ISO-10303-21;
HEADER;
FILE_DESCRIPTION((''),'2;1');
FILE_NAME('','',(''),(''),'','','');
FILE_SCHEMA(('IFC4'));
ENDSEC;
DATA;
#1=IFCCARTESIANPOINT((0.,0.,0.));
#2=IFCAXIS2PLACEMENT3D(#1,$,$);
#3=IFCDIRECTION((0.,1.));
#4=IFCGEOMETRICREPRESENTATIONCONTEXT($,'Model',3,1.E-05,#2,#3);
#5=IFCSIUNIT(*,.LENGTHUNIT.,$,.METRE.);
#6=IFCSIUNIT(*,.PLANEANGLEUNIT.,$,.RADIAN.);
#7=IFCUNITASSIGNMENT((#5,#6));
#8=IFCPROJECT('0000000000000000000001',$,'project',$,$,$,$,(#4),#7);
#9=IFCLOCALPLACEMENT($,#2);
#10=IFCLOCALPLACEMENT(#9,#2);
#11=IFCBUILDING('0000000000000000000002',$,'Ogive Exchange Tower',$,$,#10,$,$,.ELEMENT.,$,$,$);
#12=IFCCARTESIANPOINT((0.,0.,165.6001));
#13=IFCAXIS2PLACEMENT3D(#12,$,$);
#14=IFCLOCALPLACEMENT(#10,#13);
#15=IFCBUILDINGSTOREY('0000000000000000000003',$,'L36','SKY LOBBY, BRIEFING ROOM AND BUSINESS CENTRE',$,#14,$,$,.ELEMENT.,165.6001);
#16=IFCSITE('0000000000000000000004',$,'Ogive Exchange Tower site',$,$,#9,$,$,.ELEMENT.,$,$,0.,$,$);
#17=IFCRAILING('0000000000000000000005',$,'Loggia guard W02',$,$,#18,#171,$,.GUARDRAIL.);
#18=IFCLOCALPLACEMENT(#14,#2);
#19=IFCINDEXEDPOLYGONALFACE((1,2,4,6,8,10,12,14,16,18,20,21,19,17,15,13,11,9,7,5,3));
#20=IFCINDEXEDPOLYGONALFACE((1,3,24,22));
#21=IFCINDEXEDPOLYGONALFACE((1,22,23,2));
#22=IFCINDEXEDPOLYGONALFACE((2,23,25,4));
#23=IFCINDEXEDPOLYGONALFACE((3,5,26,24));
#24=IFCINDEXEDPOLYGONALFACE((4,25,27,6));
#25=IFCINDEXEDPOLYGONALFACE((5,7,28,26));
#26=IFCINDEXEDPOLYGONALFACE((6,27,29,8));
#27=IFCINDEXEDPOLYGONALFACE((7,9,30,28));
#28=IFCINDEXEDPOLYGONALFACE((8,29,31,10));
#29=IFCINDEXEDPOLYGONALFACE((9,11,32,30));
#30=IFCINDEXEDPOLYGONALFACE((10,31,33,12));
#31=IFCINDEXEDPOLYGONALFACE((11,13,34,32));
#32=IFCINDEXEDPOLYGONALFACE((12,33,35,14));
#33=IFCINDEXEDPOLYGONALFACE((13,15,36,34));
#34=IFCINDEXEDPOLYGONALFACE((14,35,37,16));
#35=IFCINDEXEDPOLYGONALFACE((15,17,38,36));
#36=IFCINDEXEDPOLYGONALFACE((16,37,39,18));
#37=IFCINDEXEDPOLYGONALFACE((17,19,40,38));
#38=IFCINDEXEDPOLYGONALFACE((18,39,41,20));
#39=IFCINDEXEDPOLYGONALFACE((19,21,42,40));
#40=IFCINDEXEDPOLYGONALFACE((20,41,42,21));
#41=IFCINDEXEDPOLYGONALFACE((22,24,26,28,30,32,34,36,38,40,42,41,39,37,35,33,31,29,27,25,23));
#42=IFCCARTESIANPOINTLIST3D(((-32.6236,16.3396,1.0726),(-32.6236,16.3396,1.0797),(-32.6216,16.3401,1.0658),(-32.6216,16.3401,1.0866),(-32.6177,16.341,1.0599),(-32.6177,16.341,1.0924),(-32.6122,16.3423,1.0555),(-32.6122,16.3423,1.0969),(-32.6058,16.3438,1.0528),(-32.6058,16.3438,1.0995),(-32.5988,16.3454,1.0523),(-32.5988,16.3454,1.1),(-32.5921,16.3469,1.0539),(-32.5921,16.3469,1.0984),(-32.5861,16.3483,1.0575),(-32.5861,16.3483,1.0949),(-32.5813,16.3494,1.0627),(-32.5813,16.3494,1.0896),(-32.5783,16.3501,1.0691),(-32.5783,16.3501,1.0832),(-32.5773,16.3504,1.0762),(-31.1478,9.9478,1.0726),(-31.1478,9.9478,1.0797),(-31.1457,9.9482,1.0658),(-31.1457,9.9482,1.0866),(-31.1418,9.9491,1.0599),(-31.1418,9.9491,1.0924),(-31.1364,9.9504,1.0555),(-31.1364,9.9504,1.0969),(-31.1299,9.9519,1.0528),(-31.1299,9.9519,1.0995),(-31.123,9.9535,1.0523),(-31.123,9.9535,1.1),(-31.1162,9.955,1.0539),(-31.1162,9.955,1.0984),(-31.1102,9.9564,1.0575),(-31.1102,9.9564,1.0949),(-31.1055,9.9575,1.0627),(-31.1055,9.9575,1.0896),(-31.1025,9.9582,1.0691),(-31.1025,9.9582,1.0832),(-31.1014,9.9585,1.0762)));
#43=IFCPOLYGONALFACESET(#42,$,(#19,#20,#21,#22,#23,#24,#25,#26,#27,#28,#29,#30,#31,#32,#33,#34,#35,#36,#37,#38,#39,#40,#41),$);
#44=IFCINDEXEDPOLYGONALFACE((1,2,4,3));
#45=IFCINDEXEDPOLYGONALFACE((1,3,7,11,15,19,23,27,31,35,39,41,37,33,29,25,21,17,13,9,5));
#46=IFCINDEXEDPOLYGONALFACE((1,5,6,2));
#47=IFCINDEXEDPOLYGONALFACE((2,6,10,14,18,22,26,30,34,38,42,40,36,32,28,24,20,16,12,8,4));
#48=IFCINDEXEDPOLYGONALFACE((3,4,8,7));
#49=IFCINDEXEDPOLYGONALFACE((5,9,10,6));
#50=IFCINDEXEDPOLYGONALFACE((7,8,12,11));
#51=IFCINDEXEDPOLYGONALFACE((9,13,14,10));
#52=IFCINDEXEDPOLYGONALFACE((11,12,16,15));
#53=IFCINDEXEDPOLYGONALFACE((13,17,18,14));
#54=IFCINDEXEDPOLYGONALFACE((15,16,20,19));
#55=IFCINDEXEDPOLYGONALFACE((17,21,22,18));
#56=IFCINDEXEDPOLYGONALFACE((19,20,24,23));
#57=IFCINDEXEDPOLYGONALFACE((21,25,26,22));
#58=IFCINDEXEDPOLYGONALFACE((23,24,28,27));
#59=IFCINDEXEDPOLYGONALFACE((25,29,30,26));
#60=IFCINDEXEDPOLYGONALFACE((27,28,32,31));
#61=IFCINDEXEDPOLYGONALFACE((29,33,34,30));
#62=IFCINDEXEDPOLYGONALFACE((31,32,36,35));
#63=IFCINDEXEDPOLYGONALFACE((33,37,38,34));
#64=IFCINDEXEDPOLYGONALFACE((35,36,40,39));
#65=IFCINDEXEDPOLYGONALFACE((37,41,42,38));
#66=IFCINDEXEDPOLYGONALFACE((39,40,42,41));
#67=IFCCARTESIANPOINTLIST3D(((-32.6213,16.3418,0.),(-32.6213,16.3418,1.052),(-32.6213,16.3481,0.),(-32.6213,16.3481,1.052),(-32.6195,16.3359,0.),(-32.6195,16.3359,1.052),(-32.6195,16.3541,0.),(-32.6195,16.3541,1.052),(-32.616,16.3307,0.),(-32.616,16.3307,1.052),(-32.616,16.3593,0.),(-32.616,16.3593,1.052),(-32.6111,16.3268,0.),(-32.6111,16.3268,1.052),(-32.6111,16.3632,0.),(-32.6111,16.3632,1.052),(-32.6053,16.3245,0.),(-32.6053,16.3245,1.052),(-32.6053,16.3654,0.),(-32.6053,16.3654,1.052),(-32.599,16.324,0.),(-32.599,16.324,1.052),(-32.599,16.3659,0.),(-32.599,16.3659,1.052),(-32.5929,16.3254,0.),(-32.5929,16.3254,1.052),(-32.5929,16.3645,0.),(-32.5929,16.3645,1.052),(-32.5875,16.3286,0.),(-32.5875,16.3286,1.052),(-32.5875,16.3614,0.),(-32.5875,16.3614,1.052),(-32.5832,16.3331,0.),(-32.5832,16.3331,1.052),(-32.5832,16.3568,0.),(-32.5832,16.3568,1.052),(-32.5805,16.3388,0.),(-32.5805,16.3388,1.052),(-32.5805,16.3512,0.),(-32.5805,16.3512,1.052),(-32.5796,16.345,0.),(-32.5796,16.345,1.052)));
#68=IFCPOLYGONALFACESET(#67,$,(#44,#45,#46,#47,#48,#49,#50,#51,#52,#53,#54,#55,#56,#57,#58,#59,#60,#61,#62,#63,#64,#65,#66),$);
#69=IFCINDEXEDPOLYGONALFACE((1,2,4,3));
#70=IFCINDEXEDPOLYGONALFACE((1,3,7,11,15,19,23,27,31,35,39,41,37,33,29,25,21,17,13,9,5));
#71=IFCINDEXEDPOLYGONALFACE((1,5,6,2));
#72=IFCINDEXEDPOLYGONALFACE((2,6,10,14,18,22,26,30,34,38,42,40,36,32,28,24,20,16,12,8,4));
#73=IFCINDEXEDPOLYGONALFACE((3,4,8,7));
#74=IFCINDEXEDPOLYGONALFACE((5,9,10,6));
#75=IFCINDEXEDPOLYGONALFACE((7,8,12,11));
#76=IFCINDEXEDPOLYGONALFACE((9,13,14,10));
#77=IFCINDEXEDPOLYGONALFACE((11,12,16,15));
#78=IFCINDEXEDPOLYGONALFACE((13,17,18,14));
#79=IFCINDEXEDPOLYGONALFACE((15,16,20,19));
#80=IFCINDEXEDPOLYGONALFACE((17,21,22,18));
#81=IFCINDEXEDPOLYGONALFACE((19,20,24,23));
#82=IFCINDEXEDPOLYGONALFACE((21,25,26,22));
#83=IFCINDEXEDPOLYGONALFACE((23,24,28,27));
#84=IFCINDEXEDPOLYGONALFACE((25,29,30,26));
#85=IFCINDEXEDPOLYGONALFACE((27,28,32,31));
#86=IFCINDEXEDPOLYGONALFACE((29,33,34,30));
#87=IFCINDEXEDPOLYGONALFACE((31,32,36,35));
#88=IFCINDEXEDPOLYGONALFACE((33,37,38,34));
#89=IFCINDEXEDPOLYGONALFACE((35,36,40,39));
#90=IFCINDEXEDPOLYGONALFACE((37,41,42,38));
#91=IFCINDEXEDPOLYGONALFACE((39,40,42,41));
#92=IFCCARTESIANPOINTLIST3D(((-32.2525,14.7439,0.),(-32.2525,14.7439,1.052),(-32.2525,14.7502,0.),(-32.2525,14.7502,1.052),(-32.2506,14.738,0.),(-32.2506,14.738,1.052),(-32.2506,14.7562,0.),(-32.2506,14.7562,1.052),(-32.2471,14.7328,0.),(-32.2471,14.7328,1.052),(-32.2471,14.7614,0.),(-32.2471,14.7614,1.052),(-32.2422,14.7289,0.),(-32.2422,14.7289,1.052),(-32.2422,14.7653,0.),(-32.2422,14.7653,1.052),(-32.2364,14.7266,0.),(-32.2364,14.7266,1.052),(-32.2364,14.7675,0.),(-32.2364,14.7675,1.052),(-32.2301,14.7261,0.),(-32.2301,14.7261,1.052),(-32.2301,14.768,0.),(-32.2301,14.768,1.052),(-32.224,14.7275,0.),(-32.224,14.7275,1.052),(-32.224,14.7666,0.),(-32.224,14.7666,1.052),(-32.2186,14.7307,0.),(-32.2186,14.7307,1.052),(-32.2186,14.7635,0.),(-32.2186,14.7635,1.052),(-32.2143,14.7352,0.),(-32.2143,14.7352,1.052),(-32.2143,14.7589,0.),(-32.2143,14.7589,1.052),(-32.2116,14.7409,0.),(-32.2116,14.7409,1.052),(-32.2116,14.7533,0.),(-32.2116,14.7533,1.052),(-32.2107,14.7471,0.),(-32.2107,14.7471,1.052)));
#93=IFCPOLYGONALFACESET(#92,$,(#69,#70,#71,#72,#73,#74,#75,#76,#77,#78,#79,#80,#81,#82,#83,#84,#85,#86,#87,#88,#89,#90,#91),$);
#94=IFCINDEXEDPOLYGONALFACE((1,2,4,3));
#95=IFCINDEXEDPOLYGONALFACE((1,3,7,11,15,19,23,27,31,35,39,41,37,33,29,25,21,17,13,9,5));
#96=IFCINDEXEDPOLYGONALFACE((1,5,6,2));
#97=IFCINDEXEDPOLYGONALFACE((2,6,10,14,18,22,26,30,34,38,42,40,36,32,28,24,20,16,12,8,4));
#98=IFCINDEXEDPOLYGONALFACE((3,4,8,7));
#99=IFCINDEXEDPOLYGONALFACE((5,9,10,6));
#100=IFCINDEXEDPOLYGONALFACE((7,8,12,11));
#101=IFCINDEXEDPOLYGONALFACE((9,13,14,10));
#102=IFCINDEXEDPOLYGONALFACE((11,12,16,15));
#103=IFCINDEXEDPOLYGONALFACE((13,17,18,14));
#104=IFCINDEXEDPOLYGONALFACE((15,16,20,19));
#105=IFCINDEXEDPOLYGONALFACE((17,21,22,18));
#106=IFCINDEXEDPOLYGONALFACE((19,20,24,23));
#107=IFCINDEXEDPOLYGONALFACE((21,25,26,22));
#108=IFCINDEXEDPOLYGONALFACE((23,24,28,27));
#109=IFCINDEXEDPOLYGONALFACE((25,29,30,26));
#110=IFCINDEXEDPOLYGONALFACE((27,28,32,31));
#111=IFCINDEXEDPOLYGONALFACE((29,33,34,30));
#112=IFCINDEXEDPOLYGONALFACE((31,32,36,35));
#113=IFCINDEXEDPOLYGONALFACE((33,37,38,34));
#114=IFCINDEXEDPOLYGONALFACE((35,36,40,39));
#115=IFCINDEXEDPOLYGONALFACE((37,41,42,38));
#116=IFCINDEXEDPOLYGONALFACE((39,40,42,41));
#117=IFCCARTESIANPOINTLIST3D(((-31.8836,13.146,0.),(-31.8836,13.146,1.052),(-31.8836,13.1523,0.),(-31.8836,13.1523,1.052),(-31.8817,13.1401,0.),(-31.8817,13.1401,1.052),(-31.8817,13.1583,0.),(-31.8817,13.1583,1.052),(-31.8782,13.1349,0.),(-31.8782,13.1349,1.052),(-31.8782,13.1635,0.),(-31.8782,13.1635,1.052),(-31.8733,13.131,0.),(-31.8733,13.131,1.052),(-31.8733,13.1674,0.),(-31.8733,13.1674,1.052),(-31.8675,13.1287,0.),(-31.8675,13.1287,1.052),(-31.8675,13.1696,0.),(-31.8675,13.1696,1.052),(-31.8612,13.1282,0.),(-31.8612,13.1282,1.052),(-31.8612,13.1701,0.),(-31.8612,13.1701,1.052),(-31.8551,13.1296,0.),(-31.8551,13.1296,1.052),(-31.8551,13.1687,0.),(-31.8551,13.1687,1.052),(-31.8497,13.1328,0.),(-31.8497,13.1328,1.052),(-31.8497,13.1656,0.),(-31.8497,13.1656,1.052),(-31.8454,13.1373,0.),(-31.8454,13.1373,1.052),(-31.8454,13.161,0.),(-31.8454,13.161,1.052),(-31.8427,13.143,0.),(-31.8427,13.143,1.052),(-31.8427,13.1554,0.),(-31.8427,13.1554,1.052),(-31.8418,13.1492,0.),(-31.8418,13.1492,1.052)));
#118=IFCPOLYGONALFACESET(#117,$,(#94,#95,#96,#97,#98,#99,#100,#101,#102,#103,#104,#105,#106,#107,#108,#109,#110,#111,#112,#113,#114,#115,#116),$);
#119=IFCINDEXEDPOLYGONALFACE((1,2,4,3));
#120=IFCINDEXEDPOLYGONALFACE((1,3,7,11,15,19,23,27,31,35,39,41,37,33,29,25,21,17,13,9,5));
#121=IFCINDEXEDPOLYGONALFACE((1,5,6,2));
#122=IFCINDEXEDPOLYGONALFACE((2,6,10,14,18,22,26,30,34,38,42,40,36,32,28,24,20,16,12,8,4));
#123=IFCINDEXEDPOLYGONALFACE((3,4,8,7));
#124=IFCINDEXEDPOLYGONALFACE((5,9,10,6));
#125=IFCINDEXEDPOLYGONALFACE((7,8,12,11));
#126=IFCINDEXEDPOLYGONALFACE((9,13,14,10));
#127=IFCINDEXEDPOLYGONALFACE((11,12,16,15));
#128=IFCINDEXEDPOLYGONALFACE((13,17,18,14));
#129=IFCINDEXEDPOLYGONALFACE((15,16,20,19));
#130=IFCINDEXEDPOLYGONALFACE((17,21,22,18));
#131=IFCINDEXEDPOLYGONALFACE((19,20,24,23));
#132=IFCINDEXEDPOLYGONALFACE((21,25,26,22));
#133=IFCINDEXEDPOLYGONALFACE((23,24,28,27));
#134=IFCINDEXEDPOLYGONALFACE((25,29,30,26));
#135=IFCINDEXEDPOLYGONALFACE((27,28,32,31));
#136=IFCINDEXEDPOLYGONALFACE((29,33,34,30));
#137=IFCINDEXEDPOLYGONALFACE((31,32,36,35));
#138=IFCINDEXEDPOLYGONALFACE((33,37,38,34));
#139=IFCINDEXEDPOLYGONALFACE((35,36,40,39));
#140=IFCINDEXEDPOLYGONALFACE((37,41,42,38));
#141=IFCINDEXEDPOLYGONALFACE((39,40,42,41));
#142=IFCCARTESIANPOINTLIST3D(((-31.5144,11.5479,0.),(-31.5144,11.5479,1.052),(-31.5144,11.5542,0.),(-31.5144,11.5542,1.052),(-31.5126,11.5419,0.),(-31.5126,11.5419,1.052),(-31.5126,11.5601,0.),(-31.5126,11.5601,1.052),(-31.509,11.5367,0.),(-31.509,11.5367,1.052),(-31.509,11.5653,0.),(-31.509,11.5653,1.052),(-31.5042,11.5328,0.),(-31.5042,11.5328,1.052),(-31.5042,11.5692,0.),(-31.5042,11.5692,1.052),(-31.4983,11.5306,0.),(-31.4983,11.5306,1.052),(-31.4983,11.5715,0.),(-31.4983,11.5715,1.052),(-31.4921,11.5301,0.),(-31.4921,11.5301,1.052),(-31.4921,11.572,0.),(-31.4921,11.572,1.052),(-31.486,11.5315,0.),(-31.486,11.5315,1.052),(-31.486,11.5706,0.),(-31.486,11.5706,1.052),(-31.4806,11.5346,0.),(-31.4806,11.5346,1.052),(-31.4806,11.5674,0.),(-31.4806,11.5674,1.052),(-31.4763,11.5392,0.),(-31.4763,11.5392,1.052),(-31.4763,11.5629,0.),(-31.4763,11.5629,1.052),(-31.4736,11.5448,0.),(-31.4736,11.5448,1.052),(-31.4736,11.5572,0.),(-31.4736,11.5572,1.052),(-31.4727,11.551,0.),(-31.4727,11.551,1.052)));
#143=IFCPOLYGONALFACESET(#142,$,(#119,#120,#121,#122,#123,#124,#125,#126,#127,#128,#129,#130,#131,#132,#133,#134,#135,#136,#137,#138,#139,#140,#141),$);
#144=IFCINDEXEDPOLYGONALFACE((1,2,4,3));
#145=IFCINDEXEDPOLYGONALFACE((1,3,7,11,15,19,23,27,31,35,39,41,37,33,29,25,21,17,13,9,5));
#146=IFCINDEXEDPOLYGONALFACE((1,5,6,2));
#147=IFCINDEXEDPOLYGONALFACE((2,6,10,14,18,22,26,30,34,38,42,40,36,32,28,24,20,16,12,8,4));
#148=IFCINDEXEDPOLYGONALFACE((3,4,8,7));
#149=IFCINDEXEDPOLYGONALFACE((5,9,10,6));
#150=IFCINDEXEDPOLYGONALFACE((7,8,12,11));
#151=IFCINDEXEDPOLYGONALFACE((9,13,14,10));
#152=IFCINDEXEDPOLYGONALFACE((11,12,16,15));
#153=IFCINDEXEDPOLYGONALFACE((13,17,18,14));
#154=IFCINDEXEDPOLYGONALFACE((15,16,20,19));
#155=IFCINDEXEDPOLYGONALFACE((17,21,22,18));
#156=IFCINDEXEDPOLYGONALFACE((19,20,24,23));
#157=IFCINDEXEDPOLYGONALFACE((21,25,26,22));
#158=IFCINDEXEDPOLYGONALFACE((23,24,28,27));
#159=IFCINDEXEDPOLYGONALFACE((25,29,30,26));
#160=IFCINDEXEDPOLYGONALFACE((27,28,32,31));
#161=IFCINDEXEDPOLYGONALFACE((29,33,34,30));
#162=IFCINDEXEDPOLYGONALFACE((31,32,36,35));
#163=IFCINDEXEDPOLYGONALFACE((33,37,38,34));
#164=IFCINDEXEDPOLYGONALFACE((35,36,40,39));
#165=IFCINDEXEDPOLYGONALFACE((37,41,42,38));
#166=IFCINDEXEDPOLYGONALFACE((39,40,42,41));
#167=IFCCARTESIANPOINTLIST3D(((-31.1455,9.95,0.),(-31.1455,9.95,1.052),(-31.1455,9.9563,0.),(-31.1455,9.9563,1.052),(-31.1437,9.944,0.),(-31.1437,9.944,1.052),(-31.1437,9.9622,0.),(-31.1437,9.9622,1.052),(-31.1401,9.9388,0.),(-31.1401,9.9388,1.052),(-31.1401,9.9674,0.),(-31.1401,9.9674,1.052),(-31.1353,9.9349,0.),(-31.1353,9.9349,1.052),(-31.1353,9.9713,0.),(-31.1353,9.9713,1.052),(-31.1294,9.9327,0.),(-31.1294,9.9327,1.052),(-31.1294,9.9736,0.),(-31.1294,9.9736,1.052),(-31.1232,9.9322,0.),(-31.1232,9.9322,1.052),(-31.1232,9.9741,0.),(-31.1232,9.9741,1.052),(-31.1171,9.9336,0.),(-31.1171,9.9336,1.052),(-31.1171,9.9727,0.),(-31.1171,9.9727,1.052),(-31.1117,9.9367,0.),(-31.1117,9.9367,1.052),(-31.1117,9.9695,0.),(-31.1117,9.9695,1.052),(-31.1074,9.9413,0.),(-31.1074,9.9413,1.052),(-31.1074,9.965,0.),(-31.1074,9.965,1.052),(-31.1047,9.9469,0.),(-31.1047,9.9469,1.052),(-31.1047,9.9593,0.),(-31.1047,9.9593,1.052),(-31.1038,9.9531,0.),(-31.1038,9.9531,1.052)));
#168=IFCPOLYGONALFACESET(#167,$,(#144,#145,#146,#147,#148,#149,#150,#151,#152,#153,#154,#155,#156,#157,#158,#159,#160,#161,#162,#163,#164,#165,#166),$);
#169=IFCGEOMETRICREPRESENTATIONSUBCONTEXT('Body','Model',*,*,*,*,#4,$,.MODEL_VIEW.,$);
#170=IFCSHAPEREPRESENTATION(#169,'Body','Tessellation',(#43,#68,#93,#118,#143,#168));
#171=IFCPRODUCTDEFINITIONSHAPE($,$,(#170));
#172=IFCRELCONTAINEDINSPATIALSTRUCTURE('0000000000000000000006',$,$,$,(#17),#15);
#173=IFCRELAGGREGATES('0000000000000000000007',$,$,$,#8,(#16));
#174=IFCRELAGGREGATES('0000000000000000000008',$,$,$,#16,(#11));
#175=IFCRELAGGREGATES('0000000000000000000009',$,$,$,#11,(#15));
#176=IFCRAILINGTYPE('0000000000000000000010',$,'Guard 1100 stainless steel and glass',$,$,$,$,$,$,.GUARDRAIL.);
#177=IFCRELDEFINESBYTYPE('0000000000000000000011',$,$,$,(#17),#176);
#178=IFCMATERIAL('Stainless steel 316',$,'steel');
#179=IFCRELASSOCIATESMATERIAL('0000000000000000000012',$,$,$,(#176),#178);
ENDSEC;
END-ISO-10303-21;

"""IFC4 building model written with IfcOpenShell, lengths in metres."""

from ifc_helpers import new_model, si_unit, direction, frame, origin, origin_2d, place, context, subcontext, project, spatial, circle, extrude, material, type_object, element, save


model = new_model("IFC4")

# Units and contexts
model_context = context("Model", 3, precision=1e-05, world=origin(), true_north=direction((0.0, 1.0)))
body_context = subcontext(model_context, "Body", "Model", "MODEL_VIEW")
ifc_project = project(units=[si_unit("LENGTHUNIT", "METRE"), si_unit("PLANEANGLEUNIT", "RADIAN")], contexts=[model_context])

# Site, building, storey
site_placement = place(None, origin())
site = spatial("IfcSite", under=ifc_project, at=site_placement, Name="Ogive Exchange Tower site", CompositionType="ELEMENT", RefElevation=0.0)
building_placement = place(site_placement, origin())
building = spatial("IfcBuilding", under=site, at=building_placement, Name="Ogive Exchange Tower", CompositionType="ELEMENT")
storey_placement = place(building_placement, frame((0.0, 0.0, 165.6001)))
storey = spatial("IfcBuildingStorey", under=building, at=storey_placement, Name="L36", Description="SKY LOBBY, BRIEFING ROOM AND BUSINESS CENTRE", CompositionType="ELEMENT", Elevation=165.6001)

# Railing
ifc_material_1 = material(Name="Stainless steel 316", Category="steel")
railing_type = type_object("IfcRailingType", Name="Guard 1100 stainless steel and glass", PredefinedType="GUARDRAIL", material=ifc_material_1)
railing_1_placement = place(storey_placement, frame((-32.6006, 16.345, 0.0)))
element("IfcRailing", 1, at=railing_1_placement, inside=storey, type_object=railing_type, Name="Loggia guard W02", PredefinedType="GUARDRAIL", context=body_context, shape_type="SweptSolid", body=[
    extrude(circle(Radius=0.0239, at=origin_2d()), frame((0.0, 0.0, 1.0762), z_axis=(0.224974, -0.974365, 0.0), x_axis=(0.974365, 0.224974, 0.0)), (0.0, 0.0, 1.0), 6.5601),
    extrude(circle(Radius=0.021, at=origin_2d()), origin(), (0.0, 0.0, 1.0), 1.052),
    extrude(circle(Radius=0.021, at=origin_2d()), frame((0.3689, -1.5979, 0.0)), (0.0, 0.0, 1.0), 1.052),
    extrude(circle(Radius=0.021, at=origin_2d()), frame((0.7378, -3.1958, 0.0)), (0.0, 0.0, 1.0), 1.052),
    extrude(circle(Radius=0.021, at=origin_2d()), frame((1.1069, -4.7939, 0.0)), (0.0, 0.0, 1.0), 1.052),
    extrude(circle(Radius=0.021, at=origin_2d()), frame((1.4758, -6.3918, 0.0)), (0.0, 0.0, 1.0), 1.052),
])

save(model, "model.ifc")
